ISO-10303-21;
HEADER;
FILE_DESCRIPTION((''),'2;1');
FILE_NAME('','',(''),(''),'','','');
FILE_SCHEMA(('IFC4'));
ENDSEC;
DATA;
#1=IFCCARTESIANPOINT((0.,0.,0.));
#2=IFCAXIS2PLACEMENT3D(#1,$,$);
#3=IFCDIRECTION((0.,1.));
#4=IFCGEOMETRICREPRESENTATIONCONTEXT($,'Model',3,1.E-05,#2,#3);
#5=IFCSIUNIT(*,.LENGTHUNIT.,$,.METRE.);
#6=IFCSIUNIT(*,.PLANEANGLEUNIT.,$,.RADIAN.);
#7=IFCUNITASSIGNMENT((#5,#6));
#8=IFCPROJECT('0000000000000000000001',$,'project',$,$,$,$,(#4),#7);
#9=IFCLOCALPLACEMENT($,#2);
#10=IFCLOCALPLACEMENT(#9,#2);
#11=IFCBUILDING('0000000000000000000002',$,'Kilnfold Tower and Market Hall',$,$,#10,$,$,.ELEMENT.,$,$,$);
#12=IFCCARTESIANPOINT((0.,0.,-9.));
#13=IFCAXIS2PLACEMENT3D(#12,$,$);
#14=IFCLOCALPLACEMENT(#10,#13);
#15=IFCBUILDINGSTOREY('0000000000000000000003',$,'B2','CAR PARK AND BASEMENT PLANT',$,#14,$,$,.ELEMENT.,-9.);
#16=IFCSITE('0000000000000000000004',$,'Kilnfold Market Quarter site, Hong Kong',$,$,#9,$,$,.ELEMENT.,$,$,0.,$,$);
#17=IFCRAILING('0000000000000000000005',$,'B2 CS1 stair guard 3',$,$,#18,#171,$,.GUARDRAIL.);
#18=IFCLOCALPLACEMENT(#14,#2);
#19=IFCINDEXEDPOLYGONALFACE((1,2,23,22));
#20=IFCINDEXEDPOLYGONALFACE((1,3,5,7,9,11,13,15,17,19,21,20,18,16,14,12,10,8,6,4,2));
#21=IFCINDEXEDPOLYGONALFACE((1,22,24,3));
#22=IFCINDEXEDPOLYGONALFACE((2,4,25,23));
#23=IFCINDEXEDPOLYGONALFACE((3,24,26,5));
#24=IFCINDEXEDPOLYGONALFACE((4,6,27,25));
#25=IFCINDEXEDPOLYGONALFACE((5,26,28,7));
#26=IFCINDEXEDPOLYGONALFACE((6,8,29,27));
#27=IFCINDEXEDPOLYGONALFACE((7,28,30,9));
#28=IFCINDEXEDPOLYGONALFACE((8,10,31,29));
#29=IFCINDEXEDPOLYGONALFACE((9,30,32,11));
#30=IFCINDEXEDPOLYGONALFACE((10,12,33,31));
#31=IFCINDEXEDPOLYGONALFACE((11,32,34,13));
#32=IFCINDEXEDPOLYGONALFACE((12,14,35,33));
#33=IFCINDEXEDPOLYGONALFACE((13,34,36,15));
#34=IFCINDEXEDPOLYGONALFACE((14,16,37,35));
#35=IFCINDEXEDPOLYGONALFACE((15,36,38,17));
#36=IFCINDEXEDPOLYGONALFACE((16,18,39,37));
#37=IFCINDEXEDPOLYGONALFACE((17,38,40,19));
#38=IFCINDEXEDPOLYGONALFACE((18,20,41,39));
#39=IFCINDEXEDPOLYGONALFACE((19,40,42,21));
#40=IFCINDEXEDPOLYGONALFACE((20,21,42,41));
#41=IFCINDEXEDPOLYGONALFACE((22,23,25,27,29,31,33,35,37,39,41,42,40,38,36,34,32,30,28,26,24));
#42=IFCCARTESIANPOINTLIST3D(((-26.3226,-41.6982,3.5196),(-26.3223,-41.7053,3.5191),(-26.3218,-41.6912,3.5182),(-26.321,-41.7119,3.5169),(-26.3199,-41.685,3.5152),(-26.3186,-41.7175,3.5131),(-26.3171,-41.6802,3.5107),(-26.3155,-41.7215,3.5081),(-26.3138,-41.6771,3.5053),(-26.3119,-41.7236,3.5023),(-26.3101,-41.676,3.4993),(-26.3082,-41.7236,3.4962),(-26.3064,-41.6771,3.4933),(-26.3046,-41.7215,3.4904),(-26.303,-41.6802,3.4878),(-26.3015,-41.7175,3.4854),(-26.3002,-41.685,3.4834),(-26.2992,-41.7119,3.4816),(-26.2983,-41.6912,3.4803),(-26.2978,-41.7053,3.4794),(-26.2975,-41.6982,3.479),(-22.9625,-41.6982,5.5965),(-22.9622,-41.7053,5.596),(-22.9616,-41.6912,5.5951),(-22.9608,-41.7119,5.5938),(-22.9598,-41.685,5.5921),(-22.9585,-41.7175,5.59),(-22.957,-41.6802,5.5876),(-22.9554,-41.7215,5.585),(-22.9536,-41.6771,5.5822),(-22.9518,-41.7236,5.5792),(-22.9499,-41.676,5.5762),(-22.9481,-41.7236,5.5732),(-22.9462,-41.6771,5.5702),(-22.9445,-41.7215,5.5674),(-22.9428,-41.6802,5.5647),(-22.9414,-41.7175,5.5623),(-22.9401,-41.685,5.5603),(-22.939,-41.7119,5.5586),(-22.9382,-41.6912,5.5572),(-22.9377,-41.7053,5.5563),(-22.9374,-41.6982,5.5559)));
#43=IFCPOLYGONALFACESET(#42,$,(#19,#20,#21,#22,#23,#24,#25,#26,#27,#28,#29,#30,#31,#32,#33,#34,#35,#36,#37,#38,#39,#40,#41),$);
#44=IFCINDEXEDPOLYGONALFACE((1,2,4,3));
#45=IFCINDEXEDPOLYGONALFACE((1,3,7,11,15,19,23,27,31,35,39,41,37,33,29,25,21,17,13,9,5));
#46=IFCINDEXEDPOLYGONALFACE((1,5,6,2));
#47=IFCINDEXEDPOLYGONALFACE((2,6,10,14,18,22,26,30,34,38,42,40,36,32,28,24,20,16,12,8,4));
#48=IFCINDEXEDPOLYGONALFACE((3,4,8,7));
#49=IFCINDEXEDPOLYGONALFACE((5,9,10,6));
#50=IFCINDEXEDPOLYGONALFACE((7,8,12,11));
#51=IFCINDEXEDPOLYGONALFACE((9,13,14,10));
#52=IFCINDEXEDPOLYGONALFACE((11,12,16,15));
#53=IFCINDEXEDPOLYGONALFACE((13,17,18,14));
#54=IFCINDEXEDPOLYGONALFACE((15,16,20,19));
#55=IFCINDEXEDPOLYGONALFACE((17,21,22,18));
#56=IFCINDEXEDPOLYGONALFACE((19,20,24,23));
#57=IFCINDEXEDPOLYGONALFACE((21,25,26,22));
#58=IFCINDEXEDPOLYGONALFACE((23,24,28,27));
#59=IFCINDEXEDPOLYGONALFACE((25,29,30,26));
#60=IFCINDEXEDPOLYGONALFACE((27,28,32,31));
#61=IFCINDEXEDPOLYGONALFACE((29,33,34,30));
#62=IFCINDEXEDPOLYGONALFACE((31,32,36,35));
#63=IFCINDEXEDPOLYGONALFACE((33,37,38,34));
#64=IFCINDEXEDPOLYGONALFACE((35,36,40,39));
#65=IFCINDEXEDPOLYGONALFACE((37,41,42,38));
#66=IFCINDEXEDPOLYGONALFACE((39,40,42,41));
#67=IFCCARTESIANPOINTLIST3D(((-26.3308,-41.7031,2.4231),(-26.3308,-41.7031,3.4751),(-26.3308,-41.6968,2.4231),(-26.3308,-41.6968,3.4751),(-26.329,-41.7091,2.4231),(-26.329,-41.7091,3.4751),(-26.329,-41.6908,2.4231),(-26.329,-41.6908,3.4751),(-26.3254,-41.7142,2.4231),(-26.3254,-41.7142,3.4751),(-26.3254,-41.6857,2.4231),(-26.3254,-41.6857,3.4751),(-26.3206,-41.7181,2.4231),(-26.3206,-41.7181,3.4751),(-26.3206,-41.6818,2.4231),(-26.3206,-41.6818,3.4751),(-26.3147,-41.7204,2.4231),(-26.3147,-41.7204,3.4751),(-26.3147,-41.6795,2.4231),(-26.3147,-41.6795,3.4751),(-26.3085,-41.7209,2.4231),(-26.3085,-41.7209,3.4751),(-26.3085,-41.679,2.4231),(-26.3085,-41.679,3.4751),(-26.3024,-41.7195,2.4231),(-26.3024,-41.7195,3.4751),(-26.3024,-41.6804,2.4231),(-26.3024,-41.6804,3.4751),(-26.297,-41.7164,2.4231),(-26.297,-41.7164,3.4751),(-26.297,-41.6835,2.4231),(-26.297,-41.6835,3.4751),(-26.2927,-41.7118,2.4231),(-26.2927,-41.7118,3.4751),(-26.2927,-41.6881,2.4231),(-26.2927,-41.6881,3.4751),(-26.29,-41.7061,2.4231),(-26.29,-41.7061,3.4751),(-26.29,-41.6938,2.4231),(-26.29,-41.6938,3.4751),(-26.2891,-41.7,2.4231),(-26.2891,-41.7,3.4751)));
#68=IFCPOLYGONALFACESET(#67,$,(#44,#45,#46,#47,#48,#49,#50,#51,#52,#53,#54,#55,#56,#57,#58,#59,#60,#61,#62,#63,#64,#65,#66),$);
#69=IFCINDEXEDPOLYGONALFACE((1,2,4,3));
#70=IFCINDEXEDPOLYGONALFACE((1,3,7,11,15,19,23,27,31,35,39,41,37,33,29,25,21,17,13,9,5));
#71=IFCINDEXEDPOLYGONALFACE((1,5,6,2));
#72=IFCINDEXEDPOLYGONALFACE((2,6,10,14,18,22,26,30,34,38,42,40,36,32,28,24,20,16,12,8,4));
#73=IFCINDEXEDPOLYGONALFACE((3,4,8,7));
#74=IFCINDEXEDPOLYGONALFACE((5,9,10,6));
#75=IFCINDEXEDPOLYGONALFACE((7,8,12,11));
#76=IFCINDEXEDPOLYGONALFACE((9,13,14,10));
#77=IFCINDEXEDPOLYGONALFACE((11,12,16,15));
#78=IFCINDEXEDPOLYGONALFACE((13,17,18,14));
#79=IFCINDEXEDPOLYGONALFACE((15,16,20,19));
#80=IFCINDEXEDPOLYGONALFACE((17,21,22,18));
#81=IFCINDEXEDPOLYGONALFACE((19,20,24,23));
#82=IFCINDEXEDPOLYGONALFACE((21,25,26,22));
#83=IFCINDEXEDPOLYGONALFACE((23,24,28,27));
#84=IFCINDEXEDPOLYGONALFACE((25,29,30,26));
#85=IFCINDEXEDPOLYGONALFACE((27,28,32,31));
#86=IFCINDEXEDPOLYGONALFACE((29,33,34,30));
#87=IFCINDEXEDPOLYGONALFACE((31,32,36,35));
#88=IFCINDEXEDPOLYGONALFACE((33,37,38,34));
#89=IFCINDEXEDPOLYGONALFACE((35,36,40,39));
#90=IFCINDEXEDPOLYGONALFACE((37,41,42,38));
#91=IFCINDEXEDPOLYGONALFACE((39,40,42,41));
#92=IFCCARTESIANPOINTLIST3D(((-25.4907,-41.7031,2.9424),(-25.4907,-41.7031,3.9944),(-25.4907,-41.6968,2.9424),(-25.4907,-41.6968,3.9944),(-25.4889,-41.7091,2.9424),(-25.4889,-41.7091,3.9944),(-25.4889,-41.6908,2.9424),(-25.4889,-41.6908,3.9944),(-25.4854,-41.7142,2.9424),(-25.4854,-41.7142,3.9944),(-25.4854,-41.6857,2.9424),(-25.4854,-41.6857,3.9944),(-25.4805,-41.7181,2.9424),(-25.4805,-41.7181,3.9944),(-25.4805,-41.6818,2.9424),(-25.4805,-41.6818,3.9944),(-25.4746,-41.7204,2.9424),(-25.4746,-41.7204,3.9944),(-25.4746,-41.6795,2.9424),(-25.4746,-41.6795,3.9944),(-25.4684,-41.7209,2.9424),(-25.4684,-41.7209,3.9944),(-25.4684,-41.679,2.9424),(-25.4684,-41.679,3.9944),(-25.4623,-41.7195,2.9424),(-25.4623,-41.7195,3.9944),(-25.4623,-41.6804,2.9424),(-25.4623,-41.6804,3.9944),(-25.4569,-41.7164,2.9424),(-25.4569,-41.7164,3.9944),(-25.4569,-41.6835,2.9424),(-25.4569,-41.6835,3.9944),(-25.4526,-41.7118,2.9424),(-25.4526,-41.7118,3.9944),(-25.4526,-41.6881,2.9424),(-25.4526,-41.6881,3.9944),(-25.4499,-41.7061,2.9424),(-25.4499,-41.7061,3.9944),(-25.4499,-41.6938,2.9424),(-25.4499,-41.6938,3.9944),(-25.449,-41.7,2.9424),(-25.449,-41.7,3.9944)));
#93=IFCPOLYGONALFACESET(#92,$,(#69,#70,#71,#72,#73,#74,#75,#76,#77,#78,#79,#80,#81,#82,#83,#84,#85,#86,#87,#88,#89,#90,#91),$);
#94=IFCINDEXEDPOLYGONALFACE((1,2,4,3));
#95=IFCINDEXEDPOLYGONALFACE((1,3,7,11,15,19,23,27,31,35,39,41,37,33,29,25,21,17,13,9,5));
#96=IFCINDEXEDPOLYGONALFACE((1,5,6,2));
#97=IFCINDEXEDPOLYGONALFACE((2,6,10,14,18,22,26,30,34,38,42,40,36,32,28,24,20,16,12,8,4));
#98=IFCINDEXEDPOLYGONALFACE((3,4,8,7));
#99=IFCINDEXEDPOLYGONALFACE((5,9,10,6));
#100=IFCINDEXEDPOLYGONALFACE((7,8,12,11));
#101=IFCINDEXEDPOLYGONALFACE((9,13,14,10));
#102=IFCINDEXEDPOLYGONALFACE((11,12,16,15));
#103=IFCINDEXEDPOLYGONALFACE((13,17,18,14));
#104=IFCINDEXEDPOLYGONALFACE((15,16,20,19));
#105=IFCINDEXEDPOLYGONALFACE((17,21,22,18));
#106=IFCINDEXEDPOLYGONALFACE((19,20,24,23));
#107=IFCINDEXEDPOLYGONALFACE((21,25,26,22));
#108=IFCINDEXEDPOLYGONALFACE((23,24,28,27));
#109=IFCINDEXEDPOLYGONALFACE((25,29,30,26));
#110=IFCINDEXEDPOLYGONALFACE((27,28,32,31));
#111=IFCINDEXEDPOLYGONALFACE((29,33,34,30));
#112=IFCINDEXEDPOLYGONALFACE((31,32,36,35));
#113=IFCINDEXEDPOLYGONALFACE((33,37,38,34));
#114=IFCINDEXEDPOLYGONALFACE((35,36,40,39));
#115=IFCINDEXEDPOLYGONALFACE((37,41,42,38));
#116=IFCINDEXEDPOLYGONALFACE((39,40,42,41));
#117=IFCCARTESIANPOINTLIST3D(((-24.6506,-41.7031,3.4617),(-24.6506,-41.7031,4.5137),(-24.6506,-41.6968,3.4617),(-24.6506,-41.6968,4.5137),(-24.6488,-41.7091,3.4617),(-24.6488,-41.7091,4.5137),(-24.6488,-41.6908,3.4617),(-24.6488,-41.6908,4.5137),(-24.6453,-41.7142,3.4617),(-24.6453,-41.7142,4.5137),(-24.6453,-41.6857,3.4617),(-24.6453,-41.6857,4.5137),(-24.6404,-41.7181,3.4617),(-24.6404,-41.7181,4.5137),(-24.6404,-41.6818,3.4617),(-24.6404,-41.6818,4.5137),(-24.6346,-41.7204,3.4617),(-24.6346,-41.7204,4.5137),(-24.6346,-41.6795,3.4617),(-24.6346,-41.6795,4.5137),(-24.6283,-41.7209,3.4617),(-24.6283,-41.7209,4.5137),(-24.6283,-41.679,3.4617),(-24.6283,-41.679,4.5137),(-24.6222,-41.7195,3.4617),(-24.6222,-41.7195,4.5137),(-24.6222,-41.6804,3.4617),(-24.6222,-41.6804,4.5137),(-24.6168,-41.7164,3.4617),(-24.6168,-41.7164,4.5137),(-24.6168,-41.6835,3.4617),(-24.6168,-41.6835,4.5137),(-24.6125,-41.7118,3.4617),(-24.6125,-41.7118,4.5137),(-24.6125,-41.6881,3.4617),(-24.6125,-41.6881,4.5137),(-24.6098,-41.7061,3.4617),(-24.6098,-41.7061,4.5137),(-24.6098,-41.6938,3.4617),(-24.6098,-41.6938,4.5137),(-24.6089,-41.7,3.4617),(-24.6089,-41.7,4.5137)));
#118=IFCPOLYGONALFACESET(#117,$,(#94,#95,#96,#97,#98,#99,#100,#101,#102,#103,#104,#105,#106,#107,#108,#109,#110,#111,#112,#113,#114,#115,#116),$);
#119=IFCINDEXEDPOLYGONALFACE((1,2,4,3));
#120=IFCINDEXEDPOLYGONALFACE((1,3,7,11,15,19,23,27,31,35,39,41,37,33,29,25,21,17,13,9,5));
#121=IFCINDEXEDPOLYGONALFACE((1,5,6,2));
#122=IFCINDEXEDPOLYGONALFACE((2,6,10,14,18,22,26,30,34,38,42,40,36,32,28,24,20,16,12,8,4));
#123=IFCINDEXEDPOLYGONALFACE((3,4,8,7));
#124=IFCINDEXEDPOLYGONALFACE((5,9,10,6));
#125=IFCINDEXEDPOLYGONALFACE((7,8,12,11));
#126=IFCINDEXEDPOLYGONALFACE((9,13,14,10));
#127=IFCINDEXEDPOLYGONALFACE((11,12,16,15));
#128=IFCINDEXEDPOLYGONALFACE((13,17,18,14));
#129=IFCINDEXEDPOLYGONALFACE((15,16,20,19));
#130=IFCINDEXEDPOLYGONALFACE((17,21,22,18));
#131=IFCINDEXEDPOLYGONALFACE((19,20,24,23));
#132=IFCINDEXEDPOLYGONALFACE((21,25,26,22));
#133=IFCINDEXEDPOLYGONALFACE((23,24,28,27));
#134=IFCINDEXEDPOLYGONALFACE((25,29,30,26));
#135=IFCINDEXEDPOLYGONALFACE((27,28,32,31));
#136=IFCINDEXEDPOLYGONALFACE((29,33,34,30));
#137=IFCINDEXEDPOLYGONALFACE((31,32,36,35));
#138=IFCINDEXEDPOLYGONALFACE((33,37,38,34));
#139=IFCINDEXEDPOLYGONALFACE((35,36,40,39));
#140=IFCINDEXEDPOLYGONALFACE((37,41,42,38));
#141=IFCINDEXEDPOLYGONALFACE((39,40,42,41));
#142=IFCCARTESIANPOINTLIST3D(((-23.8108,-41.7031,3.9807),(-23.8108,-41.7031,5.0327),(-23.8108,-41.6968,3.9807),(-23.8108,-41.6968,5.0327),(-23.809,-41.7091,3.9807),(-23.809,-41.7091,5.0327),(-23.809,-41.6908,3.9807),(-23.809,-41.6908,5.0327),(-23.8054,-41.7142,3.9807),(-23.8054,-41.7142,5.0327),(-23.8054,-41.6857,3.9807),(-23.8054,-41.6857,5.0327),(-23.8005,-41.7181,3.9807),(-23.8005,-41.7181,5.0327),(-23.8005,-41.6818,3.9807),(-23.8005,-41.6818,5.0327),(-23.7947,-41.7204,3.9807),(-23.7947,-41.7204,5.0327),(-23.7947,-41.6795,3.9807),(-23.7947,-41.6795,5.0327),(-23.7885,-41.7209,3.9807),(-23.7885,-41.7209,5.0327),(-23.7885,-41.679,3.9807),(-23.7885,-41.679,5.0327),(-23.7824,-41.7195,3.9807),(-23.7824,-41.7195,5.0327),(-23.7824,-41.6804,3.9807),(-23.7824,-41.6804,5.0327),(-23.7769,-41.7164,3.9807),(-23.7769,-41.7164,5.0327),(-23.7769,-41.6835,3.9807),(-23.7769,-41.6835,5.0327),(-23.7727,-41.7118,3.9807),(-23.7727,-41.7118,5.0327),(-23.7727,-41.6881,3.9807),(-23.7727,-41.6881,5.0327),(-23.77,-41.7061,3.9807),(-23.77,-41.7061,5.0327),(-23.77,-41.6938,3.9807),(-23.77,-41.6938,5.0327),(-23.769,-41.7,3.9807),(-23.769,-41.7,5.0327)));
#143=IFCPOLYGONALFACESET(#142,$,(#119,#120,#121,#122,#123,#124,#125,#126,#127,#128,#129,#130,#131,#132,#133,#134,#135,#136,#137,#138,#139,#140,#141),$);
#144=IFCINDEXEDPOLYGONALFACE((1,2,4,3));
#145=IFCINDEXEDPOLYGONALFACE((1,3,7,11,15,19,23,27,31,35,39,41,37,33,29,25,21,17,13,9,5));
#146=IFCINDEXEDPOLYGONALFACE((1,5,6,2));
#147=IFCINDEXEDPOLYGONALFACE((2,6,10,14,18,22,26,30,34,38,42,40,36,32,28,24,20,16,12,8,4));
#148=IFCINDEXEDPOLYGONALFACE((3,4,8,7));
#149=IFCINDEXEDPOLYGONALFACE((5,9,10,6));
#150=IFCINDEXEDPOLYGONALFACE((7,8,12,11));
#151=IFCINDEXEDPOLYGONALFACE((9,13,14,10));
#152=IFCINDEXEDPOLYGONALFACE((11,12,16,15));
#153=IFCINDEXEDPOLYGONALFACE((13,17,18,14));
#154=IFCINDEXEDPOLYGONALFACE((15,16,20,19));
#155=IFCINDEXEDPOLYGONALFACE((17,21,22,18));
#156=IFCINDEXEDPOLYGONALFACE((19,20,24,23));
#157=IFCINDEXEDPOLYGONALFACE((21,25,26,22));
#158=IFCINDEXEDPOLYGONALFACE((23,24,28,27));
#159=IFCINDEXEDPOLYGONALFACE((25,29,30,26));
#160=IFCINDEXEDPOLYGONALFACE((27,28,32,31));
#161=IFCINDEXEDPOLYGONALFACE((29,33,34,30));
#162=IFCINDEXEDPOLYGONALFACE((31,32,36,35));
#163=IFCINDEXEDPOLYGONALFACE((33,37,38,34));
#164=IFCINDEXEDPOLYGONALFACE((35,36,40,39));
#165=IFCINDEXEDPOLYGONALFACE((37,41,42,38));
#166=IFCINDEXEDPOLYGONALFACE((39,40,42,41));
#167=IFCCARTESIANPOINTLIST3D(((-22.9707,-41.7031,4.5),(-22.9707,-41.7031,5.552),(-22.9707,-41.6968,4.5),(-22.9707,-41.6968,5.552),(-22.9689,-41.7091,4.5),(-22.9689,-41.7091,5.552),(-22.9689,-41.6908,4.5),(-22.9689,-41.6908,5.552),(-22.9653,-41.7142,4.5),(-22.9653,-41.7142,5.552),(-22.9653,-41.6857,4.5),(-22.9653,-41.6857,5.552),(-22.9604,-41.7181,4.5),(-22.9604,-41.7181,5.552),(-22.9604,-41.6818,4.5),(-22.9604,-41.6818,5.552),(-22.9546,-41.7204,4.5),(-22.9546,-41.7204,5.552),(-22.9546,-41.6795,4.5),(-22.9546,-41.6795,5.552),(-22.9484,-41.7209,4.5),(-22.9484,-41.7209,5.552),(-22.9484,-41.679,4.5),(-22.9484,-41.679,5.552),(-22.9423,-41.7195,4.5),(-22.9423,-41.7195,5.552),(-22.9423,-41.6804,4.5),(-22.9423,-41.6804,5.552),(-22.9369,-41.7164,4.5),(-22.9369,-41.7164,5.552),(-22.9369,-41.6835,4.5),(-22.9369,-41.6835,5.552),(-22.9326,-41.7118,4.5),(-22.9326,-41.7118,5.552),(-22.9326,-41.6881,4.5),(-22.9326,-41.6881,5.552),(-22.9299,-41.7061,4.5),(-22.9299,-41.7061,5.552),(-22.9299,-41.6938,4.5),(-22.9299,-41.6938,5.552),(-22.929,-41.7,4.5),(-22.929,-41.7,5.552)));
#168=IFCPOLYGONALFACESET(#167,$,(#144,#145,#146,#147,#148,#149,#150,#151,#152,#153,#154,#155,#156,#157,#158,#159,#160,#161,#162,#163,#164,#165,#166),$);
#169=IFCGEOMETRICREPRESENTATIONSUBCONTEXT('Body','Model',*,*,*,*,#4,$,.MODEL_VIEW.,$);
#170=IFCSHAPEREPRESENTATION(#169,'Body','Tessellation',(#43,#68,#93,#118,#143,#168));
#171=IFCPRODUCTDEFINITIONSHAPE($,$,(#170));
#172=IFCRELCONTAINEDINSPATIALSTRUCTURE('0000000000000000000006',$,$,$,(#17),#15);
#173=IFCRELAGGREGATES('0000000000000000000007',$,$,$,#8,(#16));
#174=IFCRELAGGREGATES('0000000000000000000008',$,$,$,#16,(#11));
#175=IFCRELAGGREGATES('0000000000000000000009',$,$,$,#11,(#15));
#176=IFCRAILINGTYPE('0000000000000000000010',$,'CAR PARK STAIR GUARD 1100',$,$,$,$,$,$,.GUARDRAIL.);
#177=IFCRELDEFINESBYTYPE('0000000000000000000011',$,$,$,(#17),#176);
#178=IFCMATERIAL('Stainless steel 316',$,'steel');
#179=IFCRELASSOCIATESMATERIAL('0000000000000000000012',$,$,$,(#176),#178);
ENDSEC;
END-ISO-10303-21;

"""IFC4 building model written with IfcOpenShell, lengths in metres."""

from ifc_helpers import new_model, si_unit, direction, frame, origin, origin_2d, place, context, subcontext, project, spatial, circle, extrude, material, type_object, element, save


model = new_model("IFC4")

# Units and contexts
model_context = context("Model", 3, precision=1e-05, world=origin(), true_north=direction((0.0, 1.0)))
body_context = subcontext(model_context, "Body", "Model", "MODEL_VIEW")
ifc_project = project(units=[si_unit("LENGTHUNIT", "METRE"), si_unit("PLANEANGLEUNIT", "RADIAN")], contexts=[model_context])

# Site, building, storey
site_placement = place(None, origin())
site = spatial("IfcSite", under=ifc_project, at=site_placement, Name="Kilnfold Market Quarter site, Hong Kong", CompositionType="ELEMENT", RefElevation=0.0)
building_placement = place(site_placement, origin())
building = spatial("IfcBuilding", under=site, at=building_placement, Name="Kilnfold Tower and Market Hall", CompositionType="ELEMENT")
storey_placement = place(building_placement, frame((0.0, 0.0, -9.0)))
storey = spatial("IfcBuildingStorey", under=building, at=storey_placement, Name="B2", Description="CAR PARK AND BASEMENT PLANT", CompositionType="ELEMENT", Elevation=-9.0)

# Railing
ifc_material_1 = material(Name="Stainless steel 316", Category="steel")
railing_type_1 = type_object("IfcRailingType", Name="CAR PARK STAIR GUARD 1100", PredefinedType="GUARDRAIL", material=ifc_material_1)
railing_1_placement = place(storey_placement, frame((-26.3101, -41.7, 2.4231)))
element("IfcRailing", 1, at=railing_1_placement, inside=storey, type_object=railing_type_1, Name="B2 CS1 stair guard 3", PredefinedType="GUARDRAIL", context=body_context, shape_type="SweptSolid", body=[
    extrude(circle(Radius=0.0239, at=origin_2d()), frame((0.0, 0.0, 1.0762), z_axis=(0.850623, 0.0, 0.525776), x_axis=(0.0, 1.0, 0.0)), (0.0, 0.0, 1.0), 3.9502),
    extrude(circle(Radius=0.021, at=origin_2d()), origin(), (0.0, 0.0, 1.0), 1.052),
    extrude(circle(Radius=0.021, at=origin_2d()), frame((0.8401, 0.0, 0.5193)), (0.0, 0.0, 1.0), 1.052),
    extrude(circle(Radius=0.021, at=origin_2d()), frame((1.6802, 0.0, 1.0386)), (0.0, 0.0, 1.0), 1.052),
    extrude(circle(Radius=0.021, at=origin_2d()), frame((2.52, 0.0, 1.5576)), (0.0, 0.0, 1.0), 1.052),
    extrude(circle(Radius=0.021, at=origin_2d()), frame((3.3601, 0.0, 2.0769)), (0.0, 0.0, 1.0), 1.052),
])

save(model, "model.ifc")
